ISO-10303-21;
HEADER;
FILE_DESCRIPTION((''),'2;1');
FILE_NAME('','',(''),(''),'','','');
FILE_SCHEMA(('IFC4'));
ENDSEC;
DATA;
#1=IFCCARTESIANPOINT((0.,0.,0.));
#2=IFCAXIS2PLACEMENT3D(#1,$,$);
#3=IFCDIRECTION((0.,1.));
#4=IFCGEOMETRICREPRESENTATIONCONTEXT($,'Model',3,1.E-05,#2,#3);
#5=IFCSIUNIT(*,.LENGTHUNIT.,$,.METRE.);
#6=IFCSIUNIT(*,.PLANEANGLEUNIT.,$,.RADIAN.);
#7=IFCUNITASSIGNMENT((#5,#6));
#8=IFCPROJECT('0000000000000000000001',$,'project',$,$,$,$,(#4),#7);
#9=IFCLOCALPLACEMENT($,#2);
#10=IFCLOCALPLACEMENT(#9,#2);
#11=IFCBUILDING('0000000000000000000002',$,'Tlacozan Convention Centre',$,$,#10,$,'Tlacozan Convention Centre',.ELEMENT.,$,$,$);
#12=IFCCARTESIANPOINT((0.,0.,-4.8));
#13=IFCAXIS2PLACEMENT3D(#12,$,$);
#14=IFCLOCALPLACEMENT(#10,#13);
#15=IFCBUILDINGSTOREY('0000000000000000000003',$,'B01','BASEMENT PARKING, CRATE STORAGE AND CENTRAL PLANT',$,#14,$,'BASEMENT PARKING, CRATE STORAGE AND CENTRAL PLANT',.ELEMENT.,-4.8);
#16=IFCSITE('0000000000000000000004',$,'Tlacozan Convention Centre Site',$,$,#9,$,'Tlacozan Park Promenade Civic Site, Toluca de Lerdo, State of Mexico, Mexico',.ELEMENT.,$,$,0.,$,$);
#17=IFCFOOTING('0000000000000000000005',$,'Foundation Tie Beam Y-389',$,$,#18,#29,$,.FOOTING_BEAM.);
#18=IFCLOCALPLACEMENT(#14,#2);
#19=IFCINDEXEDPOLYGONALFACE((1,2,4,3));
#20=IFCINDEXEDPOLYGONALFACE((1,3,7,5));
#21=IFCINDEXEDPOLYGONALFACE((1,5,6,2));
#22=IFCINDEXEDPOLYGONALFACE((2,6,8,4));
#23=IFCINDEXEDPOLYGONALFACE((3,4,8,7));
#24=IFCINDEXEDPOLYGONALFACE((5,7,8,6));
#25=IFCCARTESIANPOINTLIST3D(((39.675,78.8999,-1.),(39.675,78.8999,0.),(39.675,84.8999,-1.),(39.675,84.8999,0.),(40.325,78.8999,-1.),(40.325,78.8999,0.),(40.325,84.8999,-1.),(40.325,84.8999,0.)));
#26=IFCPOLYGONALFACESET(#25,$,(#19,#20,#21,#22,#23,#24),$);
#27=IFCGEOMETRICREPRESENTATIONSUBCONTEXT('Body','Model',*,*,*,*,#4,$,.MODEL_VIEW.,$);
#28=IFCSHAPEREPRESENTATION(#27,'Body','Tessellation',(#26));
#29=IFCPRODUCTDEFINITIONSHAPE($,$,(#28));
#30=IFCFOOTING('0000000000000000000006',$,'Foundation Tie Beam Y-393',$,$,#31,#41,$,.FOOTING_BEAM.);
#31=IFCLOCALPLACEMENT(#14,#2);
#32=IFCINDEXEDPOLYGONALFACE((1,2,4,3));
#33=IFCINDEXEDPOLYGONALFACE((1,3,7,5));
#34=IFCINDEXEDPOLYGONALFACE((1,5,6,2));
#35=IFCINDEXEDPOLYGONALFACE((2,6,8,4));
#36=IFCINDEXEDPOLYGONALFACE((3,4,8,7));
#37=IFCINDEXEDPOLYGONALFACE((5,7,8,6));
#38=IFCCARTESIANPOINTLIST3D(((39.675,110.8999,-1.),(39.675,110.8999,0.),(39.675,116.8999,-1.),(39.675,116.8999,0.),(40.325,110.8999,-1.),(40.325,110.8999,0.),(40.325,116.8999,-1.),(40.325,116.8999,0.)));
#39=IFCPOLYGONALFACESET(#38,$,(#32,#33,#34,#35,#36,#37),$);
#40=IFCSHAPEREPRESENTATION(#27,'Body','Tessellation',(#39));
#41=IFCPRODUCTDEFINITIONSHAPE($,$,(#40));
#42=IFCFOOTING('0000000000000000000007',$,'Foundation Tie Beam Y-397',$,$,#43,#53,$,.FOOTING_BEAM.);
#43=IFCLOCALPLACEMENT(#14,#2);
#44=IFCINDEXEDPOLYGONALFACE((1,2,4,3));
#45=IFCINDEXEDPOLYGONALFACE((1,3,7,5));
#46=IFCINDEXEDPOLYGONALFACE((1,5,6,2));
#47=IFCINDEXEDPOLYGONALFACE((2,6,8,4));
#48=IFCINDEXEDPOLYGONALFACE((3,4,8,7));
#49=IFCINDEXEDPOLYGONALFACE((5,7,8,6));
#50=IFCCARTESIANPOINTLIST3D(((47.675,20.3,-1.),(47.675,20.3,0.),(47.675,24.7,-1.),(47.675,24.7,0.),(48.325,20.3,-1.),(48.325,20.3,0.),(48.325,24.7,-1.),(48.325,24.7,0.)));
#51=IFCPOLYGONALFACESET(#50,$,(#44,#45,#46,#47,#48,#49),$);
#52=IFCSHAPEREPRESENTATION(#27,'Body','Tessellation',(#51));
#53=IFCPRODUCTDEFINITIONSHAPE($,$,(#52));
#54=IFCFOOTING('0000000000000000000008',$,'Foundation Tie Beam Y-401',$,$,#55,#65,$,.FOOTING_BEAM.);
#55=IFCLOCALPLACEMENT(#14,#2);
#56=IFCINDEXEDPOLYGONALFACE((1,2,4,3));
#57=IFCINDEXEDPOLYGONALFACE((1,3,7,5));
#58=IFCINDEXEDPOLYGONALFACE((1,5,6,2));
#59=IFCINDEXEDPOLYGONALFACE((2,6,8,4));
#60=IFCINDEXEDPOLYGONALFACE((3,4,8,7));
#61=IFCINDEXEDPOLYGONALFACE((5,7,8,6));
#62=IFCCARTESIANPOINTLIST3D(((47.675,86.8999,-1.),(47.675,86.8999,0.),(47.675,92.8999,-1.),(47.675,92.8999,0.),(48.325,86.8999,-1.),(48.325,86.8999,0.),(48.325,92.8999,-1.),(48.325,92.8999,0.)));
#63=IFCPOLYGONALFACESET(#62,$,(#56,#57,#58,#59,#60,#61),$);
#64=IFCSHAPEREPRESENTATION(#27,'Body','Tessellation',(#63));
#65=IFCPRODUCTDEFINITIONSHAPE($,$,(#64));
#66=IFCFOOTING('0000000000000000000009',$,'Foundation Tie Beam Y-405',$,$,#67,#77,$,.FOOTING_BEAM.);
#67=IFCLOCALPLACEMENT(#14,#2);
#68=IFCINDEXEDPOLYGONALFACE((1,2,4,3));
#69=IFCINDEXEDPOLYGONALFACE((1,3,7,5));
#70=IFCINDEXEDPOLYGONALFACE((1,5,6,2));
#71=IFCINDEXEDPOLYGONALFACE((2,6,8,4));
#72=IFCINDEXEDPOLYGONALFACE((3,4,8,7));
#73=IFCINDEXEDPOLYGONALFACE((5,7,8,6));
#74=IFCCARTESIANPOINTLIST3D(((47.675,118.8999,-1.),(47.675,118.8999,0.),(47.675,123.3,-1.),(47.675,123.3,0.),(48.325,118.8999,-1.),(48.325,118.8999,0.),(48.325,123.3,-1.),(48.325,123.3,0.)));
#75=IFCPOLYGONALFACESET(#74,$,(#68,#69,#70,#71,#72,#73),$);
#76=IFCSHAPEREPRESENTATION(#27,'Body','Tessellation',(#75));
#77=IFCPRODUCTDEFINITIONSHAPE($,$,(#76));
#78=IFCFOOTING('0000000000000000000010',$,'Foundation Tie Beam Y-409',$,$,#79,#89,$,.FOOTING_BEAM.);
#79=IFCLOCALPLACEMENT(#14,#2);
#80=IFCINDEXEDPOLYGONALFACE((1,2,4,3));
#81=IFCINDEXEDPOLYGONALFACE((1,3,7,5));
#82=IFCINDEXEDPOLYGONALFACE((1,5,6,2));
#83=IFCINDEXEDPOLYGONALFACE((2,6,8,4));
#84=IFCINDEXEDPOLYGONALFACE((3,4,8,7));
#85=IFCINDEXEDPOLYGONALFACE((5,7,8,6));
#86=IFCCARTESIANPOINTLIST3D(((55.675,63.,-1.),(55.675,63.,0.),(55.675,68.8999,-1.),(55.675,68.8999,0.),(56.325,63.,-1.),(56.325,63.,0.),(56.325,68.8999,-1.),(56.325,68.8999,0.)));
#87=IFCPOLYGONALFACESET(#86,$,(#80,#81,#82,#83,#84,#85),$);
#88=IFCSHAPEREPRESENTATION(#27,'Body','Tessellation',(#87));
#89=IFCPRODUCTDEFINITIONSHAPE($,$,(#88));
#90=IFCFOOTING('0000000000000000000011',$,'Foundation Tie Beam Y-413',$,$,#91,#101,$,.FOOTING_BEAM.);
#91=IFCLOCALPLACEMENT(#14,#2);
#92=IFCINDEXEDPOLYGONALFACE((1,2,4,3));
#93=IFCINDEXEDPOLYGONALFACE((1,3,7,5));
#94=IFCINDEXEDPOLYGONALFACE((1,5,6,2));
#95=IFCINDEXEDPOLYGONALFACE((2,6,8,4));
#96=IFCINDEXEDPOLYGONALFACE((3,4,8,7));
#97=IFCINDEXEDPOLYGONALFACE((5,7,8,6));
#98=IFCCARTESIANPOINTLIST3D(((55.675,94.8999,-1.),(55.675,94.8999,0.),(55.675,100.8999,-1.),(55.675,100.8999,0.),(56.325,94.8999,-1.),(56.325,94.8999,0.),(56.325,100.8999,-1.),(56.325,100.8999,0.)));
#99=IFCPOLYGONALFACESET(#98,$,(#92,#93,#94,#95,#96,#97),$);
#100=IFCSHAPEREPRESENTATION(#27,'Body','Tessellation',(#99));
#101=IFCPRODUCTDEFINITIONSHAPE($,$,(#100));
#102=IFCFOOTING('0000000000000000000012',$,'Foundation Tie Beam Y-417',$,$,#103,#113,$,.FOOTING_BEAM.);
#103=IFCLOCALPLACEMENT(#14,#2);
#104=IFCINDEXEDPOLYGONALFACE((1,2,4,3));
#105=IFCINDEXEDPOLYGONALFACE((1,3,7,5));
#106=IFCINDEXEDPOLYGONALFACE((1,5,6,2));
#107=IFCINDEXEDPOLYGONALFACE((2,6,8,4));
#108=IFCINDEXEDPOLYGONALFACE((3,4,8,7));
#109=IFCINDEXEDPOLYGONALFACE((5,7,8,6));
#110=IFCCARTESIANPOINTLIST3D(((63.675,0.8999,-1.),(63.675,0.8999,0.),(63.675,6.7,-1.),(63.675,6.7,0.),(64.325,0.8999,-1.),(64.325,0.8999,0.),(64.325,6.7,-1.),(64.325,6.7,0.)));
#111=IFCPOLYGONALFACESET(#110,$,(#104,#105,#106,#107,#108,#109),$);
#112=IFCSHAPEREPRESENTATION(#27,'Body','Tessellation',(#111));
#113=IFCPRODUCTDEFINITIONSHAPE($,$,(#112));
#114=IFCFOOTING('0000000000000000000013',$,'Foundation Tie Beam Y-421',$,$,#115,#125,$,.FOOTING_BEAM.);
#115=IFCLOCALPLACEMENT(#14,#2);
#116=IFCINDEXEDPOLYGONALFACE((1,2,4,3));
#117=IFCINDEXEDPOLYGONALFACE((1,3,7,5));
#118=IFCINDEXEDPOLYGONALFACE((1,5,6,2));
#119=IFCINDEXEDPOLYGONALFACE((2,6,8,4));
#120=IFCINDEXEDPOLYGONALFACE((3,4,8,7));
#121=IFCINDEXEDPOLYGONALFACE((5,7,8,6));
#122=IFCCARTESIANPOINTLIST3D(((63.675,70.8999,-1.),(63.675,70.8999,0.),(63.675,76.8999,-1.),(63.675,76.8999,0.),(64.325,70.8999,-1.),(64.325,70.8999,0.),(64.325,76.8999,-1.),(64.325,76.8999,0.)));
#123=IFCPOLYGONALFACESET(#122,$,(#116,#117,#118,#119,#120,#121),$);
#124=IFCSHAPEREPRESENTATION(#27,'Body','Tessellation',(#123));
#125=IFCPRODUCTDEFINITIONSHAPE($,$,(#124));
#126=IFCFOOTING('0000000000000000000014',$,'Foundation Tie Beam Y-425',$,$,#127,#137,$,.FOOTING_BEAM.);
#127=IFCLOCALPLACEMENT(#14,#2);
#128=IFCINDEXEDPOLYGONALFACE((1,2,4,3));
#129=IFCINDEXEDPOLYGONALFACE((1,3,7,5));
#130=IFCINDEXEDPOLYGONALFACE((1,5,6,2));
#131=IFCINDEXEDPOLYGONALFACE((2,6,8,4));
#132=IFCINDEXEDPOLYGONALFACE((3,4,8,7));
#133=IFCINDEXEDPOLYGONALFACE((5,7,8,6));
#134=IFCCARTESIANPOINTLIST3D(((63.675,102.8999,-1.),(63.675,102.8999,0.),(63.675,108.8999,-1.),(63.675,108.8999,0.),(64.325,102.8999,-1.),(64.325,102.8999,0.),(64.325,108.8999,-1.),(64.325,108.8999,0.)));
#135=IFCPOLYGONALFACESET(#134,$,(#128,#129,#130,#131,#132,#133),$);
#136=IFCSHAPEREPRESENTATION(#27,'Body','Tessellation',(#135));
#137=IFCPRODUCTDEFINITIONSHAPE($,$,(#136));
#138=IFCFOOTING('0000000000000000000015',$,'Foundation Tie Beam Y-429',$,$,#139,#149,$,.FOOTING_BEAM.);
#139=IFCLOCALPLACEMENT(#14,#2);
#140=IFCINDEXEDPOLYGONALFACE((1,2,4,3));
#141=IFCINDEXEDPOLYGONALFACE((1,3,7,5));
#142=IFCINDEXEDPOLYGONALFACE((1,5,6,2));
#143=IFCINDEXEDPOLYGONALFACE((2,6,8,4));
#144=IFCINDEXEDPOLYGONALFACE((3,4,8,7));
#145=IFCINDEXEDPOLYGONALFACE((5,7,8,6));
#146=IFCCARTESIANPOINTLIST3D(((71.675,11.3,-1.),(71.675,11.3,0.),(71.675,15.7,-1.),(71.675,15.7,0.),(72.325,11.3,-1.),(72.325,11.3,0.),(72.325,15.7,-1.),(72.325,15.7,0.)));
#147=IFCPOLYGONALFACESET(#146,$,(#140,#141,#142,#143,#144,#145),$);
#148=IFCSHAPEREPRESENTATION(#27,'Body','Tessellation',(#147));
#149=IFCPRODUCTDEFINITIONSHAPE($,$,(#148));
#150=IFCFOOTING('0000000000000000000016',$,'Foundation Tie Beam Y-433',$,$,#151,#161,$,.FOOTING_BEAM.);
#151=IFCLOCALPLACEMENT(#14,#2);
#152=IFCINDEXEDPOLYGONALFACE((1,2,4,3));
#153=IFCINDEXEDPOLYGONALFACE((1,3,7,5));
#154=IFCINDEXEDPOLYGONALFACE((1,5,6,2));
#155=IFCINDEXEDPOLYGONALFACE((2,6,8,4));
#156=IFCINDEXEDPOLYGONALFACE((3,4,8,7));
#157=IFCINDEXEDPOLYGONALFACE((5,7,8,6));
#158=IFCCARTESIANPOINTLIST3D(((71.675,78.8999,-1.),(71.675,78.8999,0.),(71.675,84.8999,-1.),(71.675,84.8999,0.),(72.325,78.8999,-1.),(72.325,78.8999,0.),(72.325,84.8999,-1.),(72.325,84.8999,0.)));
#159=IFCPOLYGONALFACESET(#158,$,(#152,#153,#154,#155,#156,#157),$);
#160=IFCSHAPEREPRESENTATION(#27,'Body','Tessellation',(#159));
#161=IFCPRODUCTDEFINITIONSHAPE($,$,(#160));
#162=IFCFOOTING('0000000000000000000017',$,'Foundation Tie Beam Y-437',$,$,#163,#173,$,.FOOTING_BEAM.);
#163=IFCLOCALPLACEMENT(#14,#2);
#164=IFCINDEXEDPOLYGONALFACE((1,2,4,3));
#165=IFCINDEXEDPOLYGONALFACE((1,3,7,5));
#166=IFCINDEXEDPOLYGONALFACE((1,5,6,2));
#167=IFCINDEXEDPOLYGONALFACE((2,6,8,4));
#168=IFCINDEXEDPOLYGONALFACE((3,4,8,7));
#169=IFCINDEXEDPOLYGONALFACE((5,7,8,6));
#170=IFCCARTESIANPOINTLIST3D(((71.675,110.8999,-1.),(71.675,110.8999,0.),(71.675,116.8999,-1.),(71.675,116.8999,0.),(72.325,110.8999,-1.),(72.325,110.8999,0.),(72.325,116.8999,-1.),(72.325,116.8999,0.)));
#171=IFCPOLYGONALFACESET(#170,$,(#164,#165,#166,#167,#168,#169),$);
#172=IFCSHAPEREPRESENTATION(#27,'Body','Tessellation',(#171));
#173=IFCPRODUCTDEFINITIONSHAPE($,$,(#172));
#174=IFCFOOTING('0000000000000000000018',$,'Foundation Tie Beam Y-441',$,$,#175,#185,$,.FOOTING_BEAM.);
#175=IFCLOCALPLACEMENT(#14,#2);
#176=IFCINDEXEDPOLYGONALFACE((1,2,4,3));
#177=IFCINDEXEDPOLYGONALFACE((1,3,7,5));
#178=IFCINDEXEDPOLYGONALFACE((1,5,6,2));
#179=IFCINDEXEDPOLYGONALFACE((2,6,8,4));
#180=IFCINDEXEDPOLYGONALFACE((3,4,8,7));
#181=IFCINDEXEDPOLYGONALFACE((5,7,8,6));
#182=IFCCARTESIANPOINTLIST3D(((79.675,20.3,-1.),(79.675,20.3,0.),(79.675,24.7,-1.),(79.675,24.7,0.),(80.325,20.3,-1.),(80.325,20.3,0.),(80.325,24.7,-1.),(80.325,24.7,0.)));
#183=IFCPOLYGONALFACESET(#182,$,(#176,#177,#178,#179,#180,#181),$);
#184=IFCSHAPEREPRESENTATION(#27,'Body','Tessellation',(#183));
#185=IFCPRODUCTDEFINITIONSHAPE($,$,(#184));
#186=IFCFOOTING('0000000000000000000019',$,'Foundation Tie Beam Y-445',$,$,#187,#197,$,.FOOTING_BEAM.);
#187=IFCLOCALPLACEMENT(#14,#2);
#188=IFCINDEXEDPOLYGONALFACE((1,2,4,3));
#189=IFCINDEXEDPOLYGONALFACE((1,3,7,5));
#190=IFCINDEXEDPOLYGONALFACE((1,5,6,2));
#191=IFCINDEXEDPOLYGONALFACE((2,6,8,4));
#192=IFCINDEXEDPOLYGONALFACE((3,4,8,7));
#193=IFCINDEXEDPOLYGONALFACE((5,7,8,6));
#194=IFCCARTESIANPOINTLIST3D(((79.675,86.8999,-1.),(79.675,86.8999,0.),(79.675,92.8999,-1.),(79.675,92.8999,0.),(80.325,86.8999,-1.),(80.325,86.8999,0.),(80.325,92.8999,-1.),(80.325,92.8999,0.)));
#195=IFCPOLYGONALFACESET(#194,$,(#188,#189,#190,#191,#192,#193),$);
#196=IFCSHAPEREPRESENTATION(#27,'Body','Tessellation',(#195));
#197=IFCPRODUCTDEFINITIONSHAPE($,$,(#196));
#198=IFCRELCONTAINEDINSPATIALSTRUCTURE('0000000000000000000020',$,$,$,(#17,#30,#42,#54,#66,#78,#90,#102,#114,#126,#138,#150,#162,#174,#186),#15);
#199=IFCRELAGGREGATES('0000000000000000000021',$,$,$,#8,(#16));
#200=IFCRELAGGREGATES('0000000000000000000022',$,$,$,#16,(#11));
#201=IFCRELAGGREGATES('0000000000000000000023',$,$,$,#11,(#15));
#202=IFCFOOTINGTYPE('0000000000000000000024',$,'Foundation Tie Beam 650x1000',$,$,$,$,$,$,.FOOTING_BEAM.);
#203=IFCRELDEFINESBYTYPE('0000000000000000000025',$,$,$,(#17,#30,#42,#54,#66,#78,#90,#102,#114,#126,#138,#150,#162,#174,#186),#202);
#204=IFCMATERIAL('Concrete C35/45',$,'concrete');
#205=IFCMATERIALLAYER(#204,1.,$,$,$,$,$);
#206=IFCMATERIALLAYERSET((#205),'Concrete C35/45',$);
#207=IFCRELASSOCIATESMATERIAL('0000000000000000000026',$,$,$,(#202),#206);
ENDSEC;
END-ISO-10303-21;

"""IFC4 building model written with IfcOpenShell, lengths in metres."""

from ifc_helpers import new_model, si_unit, direction, frame, origin, place, context, subcontext, project, spatial, polyline, outline, extrude, material, layer, layer_set, type_object, element, save


model = new_model("IFC4")

# Units and contexts
model_context = context("Model", 3, precision=1e-05, world=origin(), true_north=direction((0.0, 1.0)))
body_context = subcontext(model_context, "Body", "Model", "MODEL_VIEW")
ifc_project = project(units=[si_unit("LENGTHUNIT", "METRE"), si_unit("PLANEANGLEUNIT", "RADIAN")], contexts=[model_context])

# Site, building, storey
site_placement = place(None, origin())
site = spatial("IfcSite", under=ifc_project, at=site_placement, Name="Tlacozan Convention Centre Site", LongName="Tlacozan Park Promenade Civic Site, Toluca de Lerdo, State of Mexico, Mexico", CompositionType="ELEMENT", RefElevation=0.0)
building_placement = place(site_placement, origin())
building = spatial("IfcBuilding", under=site, at=building_placement, Name="Tlacozan Convention Centre", LongName="Tlacozan Convention Centre", CompositionType="ELEMENT")
storey_placement = place(building_placement, frame((0.0, 0.0, -4.8)))
storey = spatial("IfcBuildingStorey", under=building, at=storey_placement, Name="B01", Description="BASEMENT PARKING, CRATE STORAGE AND CENTRAL PLANT", LongName="BASEMENT PARKING, CRATE STORAGE AND CENTRAL PLANT", CompositionType="ELEMENT", Elevation=-4.8)

# Footings
ifc_material = material(Name="Concrete C35/45", Category="concrete")
ifc_layer = layer(ifc_material, 1.0)
ifc_layer_set = layer_set([ifc_layer], Name="Concrete C35/45")
footing_type = type_object("IfcFootingType", Name="Foundation Tie Beam 650x1000", PredefinedType="FOOTING_BEAM", material=ifc_layer_set)
footing_1_placement = place(storey_placement, frame((0.0, 0.0, -1.0)))
element("IfcFooting", 1, at=footing_1_placement, inside=storey, type_object=footing_type, Name="Foundation Tie Beam Y-389", PredefinedType="FOOTING_BEAM", context=body_context, shape_type="SweptSolid", body=[
    extrude(outline(polyline([(39.675, 78.8999), (40.325, 78.8999), (40.325, 84.8999), (39.675, 84.8999), (39.675, 78.8999)])), origin(), (0.0, 0.0, 1.0), 1.0),
])
footing_2_placement = place(storey_placement, frame((0.0, 0.0, -1.0)))
element("IfcFooting", 2, at=footing_2_placement, inside=storey, type_object=footing_type, Name="Foundation Tie Beam Y-393", PredefinedType="FOOTING_BEAM", context=body_context, shape_type="SweptSolid", body=[
    extrude(outline(polyline([(39.675, 110.8999), (40.325, 110.8999), (40.325, 116.8999), (39.675, 116.8999), (39.675, 110.8999)])), origin(), (0.0, 0.0, 1.0), 1.0),
])
footing_3_placement = place(storey_placement, frame((0.0, 0.0, -1.0)))
element("IfcFooting", 3, at=footing_3_placement, inside=storey, type_object=footing_type, Name="Foundation Tie Beam Y-397", PredefinedType="FOOTING_BEAM", context=body_context, shape_type="SweptSolid", body=[
    extrude(outline(polyline([(47.675, 20.3), (48.325, 20.3), (48.325, 24.7), (47.675, 24.7), (47.675, 20.3)])), origin(), (0.0, 0.0, 1.0), 1.0),
])
footing_4_placement = place(storey_placement, frame((0.0, 0.0, -1.0)))
element("IfcFooting", 4, at=footing_4_placement, inside=storey, type_object=footing_type, Name="Foundation Tie Beam Y-401", PredefinedType="FOOTING_BEAM", context=body_context, shape_type="SweptSolid", body=[
    extrude(outline(polyline([(47.675, 86.8999), (48.325, 86.8999), (48.325, 92.8999), (47.675, 92.8999), (47.675, 86.8999)])), origin(), (0.0, 0.0, 1.0), 1.0),
])
footing_5_placement = place(storey_placement, frame((0.0, 0.0, -1.0)))
element("IfcFooting", 5, at=footing_5_placement, inside=storey, type_object=footing_type, Name="Foundation Tie Beam Y-405", PredefinedType="FOOTING_BEAM", context=body_context, shape_type="SweptSolid", body=[
    extrude(outline(polyline([(47.675, 118.8999), (48.325, 118.8999), (48.325, 123.3), (47.675, 123.3), (47.675, 118.8999)])), origin(), (0.0, 0.0, 1.0), 1.0),
])
footing_6_placement = place(storey_placement, frame((0.0, 0.0, -1.0)))
element("IfcFooting", 6, at=footing_6_placement, inside=storey, type_object=footing_type, Name="Foundation Tie Beam Y-409", PredefinedType="FOOTING_BEAM", context=body_context, shape_type="SweptSolid", body=[
    extrude(outline(polyline([(55.675, 63.0), (56.325, 63.0), (56.325, 68.8999), (55.675, 68.8999), (55.675, 63.0)])), origin(), (0.0, 0.0, 1.0), 1.0),
])
footing_7_placement = place(storey_placement, frame((0.0, 0.0, -1.0)))
element("IfcFooting", 7, at=footing_7_placement, inside=storey, type_object=footing_type, Name="Foundation Tie Beam Y-413", PredefinedType="FOOTING_BEAM", context=body_context, shape_type="SweptSolid", body=[
    extrude(outline(polyline([(55.675, 94.8999), (56.325, 94.8999), (56.325, 100.8999), (55.675, 100.8999), (55.675, 94.8999)])), origin(), (0.0, 0.0, 1.0), 1.0),
])
footing_8_placement = place(storey_placement, frame((0.0, 0.0, -1.0)))
element("IfcFooting", 8, at=footing_8_placement, inside=storey, type_object=footing_type, Name="Foundation Tie Beam Y-417", PredefinedType="FOOTING_BEAM", context=body_context, shape_type="SweptSolid", body=[
    extrude(outline(polyline([(63.675, 0.8999), (64.325, 0.8999), (64.325, 6.7), (63.675, 6.7), (63.675, 0.8999)])), origin(), (0.0, 0.0, 1.0), 1.0),
])
footing_9_placement = place(storey_placement, frame((0.0, 0.0, -1.0)))
element("IfcFooting", 9, at=footing_9_placement, inside=storey, type_object=footing_type, Name="Foundation Tie Beam Y-421", PredefinedType="FOOTING_BEAM", context=body_context, shape_type="SweptSolid", body=[
    extrude(outline(polyline([(63.675, 70.8999), (64.325, 70.8999), (64.325, 76.8999), (63.675, 76.8999), (63.675, 70.8999)])), origin(), (0.0, 0.0, 1.0), 1.0),
])
footing_10_placement = place(storey_placement, frame((0.0, 0.0, -1.0)))
element("IfcFooting", 10, at=footing_10_placement, inside=storey, type_object=footing_type, Name="Foundation Tie Beam Y-425", PredefinedType="FOOTING_BEAM", context=body_context, shape_type="SweptSolid", body=[
    extrude(outline(polyline([(63.675, 102.8999), (64.325, 102.8999), (64.325, 108.8999), (63.675, 108.8999), (63.675, 102.8999)])), origin(), (0.0, 0.0, 1.0), 1.0),
])
footing_11_placement = place(storey_placement, frame((0.0, 0.0, -1.0)))
element("IfcFooting", 11, at=footing_11_placement, inside=storey, type_object=footing_type, Name="Foundation Tie Beam Y-429", PredefinedType="FOOTING_BEAM", context=body_context, shape_type="SweptSolid", body=[
    extrude(outline(polyline([(71.675, 11.3), (72.325, 11.3), (72.325, 15.7), (71.675, 15.7), (71.675, 11.3)])), origin(), (0.0, 0.0, 1.0), 1.0),
])
footing_12_placement = place(storey_placement, frame((0.0, 0.0, -1.0)))
element("IfcFooting", 12, at=footing_12_placement, inside=storey, type_object=footing_type, Name="Foundation Tie Beam Y-433", PredefinedType="FOOTING_BEAM", context=body_context, shape_type="SweptSolid", body=[
    extrude(outline(polyline([(71.675, 78.8999), (72.325, 78.8999), (72.325, 84.8999), (71.675, 84.8999), (71.675, 78.8999)])), origin(), (0.0, 0.0, 1.0), 1.0),
])
footing_13_placement = place(storey_placement, frame((0.0, 0.0, -1.0)))
element("IfcFooting", 13, at=footing_13_placement, inside=storey, type_object=footing_type, Name="Foundation Tie Beam Y-437", PredefinedType="FOOTING_BEAM", context=body_context, shape_type="SweptSolid", body=[
    extrude(outline(polyline([(71.675, 110.8999), (72.325, 110.8999), (72.325, 116.8999), (71.675, 116.8999), (71.675, 110.8999)])), origin(), (0.0, 0.0, 1.0), 1.0),
])
footing_14_placement = place(storey_placement, frame((0.0, 0.0, -1.0)))
element("IfcFooting", 14, at=footing_14_placement, inside=storey, type_object=footing_type, Name="Foundation Tie Beam Y-441", PredefinedType="FOOTING_BEAM", context=body_context, shape_type="SweptSolid", body=[
    extrude(outline(polyline([(79.675, 20.3), (80.325, 20.3), (80.325, 24.7), (79.675, 24.7), (79.675, 20.3)])), origin(), (0.0, 0.0, 1.0), 1.0),
])
footing_15_placement = place(storey_placement, frame((0.0, 0.0, -1.0)))
element("IfcFooting", 15, at=footing_15_placement, inside=storey, type_object=footing_type, Name="Foundation Tie Beam Y-445", PredefinedType="FOOTING_BEAM", context=body_context, shape_type="SweptSolid", body=[
    extrude(outline(polyline([(79.675, 86.8999), (80.325, 86.8999), (80.325, 92.8999), (79.675, 92.8999), (79.675, 86.8999)])), origin(), (0.0, 0.0, 1.0), 1.0),
])

save(model, "model.ifc")
